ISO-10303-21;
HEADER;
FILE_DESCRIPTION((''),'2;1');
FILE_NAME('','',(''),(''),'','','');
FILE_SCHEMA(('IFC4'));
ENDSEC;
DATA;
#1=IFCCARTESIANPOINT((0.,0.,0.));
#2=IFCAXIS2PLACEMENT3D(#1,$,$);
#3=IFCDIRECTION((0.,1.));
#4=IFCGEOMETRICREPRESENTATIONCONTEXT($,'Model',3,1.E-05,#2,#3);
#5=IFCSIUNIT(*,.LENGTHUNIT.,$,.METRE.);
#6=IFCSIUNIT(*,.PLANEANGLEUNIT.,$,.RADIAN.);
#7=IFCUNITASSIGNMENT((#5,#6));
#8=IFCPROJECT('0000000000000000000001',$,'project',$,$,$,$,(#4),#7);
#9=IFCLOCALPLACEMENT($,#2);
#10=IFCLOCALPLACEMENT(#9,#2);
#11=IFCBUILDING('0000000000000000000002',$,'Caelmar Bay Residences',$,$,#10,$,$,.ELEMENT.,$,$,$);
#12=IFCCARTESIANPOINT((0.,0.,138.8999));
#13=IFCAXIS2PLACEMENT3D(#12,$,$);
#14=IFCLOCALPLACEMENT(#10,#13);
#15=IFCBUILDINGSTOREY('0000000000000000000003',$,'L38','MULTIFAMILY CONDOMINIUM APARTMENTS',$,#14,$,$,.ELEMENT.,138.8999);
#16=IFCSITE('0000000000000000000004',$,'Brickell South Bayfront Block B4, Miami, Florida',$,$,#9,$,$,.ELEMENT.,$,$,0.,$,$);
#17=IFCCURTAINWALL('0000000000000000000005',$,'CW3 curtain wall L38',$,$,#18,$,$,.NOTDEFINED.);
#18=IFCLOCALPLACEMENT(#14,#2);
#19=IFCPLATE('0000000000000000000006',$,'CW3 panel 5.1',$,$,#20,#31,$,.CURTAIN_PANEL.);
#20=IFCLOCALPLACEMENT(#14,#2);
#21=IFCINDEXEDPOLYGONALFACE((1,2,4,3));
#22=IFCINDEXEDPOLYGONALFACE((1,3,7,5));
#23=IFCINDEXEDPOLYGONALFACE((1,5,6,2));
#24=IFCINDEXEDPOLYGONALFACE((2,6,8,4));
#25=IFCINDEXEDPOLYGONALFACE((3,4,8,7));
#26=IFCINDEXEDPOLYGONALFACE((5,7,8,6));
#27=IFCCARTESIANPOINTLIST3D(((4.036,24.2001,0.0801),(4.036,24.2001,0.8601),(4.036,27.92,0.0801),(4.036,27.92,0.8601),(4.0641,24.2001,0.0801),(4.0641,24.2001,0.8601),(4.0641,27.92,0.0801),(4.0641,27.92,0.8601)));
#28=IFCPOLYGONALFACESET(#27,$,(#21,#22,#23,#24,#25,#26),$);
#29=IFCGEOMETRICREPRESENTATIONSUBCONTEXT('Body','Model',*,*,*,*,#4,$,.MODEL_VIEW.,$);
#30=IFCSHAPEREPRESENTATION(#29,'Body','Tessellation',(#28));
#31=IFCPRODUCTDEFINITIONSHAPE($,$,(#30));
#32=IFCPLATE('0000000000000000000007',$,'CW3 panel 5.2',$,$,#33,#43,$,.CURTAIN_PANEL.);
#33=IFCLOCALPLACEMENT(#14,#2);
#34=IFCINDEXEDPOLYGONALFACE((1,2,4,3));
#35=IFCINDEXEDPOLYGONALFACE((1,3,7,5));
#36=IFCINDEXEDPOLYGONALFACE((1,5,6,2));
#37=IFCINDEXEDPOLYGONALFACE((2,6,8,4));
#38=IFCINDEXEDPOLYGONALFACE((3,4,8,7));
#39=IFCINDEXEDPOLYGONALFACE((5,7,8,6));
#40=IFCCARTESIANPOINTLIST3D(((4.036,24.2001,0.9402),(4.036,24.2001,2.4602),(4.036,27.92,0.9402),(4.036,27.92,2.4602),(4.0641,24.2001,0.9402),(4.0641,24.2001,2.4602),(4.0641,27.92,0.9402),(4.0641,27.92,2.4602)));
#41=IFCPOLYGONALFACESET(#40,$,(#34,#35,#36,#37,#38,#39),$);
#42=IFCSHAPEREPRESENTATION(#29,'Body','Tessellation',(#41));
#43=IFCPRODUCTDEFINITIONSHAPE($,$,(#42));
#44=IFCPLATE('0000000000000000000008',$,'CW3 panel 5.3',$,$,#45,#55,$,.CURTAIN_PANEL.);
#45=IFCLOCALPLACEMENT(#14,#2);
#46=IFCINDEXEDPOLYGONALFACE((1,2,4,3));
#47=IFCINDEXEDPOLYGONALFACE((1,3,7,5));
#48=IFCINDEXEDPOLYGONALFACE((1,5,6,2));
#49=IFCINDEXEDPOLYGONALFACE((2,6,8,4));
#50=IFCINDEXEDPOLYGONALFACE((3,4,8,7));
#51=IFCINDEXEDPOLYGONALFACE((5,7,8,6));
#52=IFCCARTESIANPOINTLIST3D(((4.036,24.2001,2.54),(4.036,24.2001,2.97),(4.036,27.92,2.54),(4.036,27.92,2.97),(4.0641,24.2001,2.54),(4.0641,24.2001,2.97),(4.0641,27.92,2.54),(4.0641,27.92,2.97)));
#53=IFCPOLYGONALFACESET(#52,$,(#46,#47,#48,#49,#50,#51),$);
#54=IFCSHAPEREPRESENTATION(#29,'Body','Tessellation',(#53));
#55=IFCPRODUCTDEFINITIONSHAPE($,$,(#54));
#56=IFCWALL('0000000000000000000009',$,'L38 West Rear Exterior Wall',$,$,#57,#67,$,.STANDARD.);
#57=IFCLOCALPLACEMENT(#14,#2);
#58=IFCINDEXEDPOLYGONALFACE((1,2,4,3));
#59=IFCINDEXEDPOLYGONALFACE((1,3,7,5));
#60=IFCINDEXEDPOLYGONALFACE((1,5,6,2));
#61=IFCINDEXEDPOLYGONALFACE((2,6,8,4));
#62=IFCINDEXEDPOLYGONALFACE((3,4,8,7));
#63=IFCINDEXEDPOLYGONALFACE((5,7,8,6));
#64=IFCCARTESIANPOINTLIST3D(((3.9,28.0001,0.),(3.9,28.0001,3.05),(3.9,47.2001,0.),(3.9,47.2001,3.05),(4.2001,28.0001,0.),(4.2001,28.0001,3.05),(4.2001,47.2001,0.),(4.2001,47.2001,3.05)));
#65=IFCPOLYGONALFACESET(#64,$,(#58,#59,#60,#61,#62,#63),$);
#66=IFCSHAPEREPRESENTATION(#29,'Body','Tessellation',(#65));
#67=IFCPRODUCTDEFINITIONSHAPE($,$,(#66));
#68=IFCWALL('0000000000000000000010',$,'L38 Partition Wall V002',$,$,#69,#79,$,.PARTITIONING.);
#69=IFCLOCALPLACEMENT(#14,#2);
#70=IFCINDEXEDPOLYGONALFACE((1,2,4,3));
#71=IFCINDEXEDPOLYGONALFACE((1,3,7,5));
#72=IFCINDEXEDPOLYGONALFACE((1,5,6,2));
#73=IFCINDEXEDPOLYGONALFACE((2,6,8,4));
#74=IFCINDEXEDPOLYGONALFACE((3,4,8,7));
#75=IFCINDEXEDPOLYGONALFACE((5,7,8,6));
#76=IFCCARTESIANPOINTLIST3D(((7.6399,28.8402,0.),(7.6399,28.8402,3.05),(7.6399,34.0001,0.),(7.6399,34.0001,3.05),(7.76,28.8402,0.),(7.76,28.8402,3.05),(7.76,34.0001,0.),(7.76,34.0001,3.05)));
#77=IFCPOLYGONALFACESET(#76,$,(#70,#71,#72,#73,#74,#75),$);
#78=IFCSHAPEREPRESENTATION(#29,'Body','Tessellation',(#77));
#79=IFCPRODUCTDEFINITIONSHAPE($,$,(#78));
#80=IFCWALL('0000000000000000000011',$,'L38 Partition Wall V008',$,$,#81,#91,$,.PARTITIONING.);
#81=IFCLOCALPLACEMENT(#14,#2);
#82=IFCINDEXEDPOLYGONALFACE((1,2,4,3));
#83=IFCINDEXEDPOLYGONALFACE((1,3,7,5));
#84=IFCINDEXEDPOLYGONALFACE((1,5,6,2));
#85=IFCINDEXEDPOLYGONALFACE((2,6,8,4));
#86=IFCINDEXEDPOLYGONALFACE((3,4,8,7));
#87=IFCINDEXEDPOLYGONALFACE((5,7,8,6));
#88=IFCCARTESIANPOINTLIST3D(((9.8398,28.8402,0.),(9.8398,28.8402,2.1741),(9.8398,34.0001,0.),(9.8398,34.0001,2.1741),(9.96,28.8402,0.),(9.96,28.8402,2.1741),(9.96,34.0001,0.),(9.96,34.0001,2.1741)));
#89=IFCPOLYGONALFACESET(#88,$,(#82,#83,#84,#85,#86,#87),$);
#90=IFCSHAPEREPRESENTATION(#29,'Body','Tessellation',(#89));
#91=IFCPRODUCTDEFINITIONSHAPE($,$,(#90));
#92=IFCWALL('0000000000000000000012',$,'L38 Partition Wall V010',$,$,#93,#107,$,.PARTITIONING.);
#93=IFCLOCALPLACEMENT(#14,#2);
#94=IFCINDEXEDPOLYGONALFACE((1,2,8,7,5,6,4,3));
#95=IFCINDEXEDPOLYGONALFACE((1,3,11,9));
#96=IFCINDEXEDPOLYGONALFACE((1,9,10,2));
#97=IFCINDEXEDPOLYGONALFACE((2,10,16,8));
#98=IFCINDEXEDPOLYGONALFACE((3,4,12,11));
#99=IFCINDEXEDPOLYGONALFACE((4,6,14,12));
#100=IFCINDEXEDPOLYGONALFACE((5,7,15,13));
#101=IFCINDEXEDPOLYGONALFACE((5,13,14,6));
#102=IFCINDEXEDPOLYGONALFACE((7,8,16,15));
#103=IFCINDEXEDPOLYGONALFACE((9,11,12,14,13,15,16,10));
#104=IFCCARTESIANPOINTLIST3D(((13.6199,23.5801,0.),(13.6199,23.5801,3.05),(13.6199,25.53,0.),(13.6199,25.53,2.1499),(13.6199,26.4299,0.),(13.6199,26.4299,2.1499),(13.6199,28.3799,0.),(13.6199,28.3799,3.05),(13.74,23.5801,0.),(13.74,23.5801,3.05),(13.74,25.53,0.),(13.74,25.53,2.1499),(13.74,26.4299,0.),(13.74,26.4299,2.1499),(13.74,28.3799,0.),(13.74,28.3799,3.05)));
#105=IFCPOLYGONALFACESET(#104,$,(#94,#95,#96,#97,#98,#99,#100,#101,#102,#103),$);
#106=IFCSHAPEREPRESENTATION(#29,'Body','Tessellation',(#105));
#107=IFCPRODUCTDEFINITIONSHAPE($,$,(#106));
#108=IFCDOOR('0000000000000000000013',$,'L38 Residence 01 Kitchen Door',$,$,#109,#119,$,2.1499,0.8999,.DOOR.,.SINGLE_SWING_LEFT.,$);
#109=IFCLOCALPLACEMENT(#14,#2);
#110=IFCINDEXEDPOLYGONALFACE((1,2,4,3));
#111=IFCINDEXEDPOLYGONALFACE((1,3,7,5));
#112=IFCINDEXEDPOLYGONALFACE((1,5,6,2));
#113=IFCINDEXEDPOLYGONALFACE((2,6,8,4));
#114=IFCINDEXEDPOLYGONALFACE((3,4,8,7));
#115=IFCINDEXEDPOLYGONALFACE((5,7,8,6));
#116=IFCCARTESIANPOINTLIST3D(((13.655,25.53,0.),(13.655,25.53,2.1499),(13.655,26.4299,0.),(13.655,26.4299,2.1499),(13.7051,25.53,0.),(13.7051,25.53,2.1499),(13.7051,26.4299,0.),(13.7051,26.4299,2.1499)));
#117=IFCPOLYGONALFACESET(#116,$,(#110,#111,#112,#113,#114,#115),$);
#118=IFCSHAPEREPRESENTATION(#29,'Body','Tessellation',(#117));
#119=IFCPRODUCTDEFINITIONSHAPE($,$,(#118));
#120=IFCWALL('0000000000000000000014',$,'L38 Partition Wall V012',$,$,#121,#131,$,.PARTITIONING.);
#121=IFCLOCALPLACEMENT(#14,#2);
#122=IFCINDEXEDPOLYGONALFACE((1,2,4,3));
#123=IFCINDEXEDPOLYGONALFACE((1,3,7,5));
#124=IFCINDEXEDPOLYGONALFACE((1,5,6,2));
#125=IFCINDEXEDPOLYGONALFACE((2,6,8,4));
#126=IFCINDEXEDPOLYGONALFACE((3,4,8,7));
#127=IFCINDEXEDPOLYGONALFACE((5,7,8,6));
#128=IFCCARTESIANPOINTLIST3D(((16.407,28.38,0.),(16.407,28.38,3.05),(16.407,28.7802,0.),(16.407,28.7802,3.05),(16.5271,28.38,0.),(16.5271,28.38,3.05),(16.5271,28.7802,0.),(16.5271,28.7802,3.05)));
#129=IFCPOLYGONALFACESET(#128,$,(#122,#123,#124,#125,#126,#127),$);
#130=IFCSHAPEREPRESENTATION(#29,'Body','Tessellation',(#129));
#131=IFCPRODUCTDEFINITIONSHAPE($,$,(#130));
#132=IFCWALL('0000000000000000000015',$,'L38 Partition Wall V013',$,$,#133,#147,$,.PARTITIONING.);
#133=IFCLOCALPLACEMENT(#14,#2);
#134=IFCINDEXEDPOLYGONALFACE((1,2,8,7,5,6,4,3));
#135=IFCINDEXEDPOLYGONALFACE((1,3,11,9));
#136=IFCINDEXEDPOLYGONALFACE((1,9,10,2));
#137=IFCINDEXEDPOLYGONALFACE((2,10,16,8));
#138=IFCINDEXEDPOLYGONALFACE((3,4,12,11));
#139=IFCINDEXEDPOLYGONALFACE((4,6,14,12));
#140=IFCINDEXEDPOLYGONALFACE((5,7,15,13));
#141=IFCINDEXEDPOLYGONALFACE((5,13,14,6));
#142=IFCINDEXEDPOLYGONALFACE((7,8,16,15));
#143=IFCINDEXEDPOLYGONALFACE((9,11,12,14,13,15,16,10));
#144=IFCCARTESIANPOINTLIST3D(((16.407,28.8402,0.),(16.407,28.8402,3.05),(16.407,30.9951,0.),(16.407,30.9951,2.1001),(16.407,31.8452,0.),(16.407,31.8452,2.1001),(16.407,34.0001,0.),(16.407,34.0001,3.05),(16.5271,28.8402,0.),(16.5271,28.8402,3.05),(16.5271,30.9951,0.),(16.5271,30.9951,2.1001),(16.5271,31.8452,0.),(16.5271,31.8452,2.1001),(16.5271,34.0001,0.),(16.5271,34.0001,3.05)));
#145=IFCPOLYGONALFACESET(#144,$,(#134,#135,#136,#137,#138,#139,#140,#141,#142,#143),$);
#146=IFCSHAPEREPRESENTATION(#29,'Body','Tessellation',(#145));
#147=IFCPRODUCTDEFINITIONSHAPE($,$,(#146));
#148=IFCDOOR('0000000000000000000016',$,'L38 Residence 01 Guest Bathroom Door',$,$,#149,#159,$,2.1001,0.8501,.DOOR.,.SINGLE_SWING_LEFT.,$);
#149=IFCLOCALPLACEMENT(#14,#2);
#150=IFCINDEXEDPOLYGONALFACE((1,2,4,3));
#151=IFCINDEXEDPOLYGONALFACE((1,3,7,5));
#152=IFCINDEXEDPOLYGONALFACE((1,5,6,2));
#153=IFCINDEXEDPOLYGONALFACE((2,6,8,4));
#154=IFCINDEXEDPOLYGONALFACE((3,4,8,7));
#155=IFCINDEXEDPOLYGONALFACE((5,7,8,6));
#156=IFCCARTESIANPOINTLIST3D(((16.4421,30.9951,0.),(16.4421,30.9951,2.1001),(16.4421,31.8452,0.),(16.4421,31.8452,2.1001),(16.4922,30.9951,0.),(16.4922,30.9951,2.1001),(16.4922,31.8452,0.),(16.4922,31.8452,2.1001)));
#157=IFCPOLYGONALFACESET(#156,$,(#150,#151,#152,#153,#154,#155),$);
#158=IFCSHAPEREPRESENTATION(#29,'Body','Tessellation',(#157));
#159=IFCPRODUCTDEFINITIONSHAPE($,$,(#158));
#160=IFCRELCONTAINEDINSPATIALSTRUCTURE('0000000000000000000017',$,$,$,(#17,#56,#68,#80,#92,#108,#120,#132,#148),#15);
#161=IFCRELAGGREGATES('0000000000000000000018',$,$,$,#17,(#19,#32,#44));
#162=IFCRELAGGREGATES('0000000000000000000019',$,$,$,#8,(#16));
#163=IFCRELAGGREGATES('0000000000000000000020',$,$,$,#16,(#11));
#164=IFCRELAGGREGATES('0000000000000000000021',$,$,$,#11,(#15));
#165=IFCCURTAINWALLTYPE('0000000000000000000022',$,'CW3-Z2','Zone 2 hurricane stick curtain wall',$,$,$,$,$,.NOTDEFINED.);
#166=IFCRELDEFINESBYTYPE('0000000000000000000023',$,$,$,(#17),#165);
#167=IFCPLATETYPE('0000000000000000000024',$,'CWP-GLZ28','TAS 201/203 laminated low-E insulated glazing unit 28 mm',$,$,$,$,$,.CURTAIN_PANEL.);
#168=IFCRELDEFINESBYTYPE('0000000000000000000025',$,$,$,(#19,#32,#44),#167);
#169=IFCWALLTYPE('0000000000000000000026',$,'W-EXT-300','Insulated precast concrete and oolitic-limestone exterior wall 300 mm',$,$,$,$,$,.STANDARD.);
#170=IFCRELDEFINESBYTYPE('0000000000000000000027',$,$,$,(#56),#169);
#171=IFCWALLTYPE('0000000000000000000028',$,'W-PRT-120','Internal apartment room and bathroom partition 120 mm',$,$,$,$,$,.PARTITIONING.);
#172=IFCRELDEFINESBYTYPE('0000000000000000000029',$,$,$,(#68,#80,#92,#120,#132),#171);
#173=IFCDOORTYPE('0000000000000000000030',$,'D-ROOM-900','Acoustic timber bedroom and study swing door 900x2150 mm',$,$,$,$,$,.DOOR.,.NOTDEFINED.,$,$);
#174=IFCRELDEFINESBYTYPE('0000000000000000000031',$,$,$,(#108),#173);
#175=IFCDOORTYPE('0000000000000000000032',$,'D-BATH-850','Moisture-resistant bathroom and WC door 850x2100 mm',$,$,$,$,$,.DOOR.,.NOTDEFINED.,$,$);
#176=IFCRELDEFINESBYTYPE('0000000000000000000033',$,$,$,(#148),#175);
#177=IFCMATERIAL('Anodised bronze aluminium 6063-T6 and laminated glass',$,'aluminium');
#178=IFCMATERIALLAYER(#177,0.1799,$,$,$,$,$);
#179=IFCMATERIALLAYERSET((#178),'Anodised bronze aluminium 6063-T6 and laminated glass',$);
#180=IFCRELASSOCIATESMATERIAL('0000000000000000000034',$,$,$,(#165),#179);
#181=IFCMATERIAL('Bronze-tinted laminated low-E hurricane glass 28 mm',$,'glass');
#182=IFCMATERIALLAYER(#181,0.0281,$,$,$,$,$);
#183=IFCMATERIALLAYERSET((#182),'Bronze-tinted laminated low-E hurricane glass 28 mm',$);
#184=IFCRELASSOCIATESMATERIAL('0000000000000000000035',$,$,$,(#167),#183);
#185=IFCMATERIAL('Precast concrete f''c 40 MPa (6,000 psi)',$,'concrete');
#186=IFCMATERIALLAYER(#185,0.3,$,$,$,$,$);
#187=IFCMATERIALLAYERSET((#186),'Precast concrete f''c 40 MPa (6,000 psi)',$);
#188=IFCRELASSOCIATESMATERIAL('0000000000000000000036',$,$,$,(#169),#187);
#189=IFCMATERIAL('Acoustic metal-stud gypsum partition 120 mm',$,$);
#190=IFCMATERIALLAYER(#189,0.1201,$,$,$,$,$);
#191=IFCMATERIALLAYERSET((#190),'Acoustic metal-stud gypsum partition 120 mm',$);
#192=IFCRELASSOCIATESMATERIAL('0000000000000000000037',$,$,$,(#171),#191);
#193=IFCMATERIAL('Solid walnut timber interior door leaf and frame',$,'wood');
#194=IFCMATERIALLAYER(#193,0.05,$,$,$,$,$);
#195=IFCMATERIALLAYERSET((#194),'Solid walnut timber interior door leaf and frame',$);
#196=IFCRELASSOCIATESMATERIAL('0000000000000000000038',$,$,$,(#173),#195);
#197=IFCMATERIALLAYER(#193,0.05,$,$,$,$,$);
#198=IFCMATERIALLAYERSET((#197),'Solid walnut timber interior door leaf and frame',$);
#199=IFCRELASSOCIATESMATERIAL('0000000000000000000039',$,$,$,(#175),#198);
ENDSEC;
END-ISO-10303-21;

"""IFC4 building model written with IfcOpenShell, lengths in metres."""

from ifc_helpers import new_model, si_unit, direction, frame, frame_2d, origin, origin_2d, place, context, subcontext, project, spatial, rectangle, extrude, material, layer, layer_set, type_object, element, fill, aggregate, save


model = new_model("IFC4")

# Units and contexts
model_context = context("Model", 3, precision=1e-05, world=origin(), true_north=direction((0.0, 1.0)))
body_context = subcontext(model_context, "Body", "Model", "MODEL_VIEW")
ifc_project = project(units=[si_unit("LENGTHUNIT", "METRE"), si_unit("PLANEANGLEUNIT", "RADIAN")], contexts=[model_context])

# Site, building, storey
site_placement = place(None, origin())
site = spatial("IfcSite", under=ifc_project, at=site_placement, Name="Brickell South Bayfront Block B4, Miami, Florida", CompositionType="ELEMENT", RefElevation=0.0)
building_placement = place(site_placement, origin())
building = spatial("IfcBuilding", under=site, at=building_placement, Name="Caelmar Bay Residences", CompositionType="ELEMENT")
storey_placement = place(building_placement, frame((0.0, 0.0, 138.8999)))
storey = spatial("IfcBuildingStorey", under=building, at=storey_placement, Name="L38", Description="MULTIFAMILY CONDOMINIUM APARTMENTS", CompositionType="ELEMENT", Elevation=138.8999)

# Curtain wall, plates
ifc_material_1 = material(Name="Anodised bronze aluminium 6063-T6 and laminated glass", Category="aluminium")
ifc_layer_1 = layer(ifc_material_1, 0.1799)
ifc_layer_set_1 = layer_set([ifc_layer_1], Name="Anodised bronze aluminium 6063-T6 and laminated glass")
curtain_wall_type = type_object("IfcCurtainWallType", Name="CW3-Z2", Description="Zone 2 hurricane stick curtain wall", PredefinedType="NOTDEFINED", material=ifc_layer_set_1)
curtain_wall_placement = place(storey_placement, origin())
curtain_wall = element("IfcCurtainWall", 1, at=curtain_wall_placement, inside=storey, type_object=curtain_wall_type, Name="CW3 curtain wall L38", PredefinedType="NOTDEFINED")
ifc_material_2 = material(Name="Bronze-tinted laminated low-E hurricane glass 28 mm", Category="glass")
ifc_layer_2 = layer(ifc_material_2, 0.0281)
ifc_layer_set_2 = layer_set([ifc_layer_2], Name="Bronze-tinted laminated low-E hurricane glass 28 mm")
plate_type = type_object("IfcPlateType", Name="CWP-GLZ28", Description="TAS 201/203 laminated low-E insulated glazing unit 28 mm", PredefinedType="CURTAIN_PANEL", material=ifc_layer_set_2)
plate_1_placement = place(storey_placement, frame((4.05, 26.0601, 0.0801), z_axis=(0.0, 0.0, 1.0), x_axis=(0.0, 1.0, 0.0)))
plate_1 = element("IfcPlate", 2, at=plate_1_placement, type_object=plate_type, Name="CW3 panel 5.1", PredefinedType="CURTAIN_PANEL", context=body_context, shape_type="SweptSolid", body=[
    extrude(rectangle(XDim=3.72, YDim=0.0281, at=origin_2d()), origin(), (0.0, 0.0, 1.0), 0.78),
])
plate_2_placement = place(storey_placement, frame((4.05, 26.0601, 0.9402), z_axis=(0.0, 0.0, 1.0), x_axis=(0.0, 1.0, 0.0)))
plate_2 = element("IfcPlate", 3, at=plate_2_placement, type_object=plate_type, Name="CW3 panel 5.2", PredefinedType="CURTAIN_PANEL", context=body_context, shape_type="SweptSolid", body=[
    extrude(rectangle(XDim=3.72, YDim=0.0281, at=origin_2d()), origin(), (0.0, 0.0, 1.0), 1.52),
])
plate_3_placement = place(storey_placement, frame((4.05, 26.0601, 2.54), z_axis=(0.0, 0.0, 1.0), x_axis=(0.0, 1.0, 0.0)))
plate_3 = element("IfcPlate", 4, at=plate_3_placement, type_object=plate_type, Name="CW3 panel 5.3", PredefinedType="CURTAIN_PANEL", context=body_context, shape_type="SweptSolid", body=[
    extrude(rectangle(XDim=3.72, YDim=0.0281, at=origin_2d()), origin(), (0.0, 0.0, 1.0), 0.4299),
])
aggregate(curtain_wall, [plate_1, plate_2, plate_3])

# Walls
ifc_material_3 = material(Name="Precast concrete f'c 40 MPa (6,000 psi)", Category="concrete")
ifc_layer_3 = layer(ifc_material_3, 0.3)
ifc_layer_set_3 = layer_set([ifc_layer_3], Name="Precast concrete f'c 40 MPa (6,000 psi)")
wall_type_1 = type_object("IfcWallType", Name="W-EXT-300", Description="Insulated precast concrete and oolitic-limestone exterior wall 300 mm", PredefinedType="STANDARD", material=ifc_layer_set_3)
wall_1_placement = place(storey_placement, frame((4.05, 28.0, 0.0), z_axis=(0.0, 0.0, 1.0), x_axis=(0.0, 1.0, 0.0)))
element("IfcWall", 5, at=wall_1_placement, inside=storey, type_object=wall_type_1, Name="L38 West Rear Exterior Wall", PredefinedType="STANDARD", context=body_context, shape_type="SweptSolid", body=[
    extrude(rectangle(XDim=19.2, YDim=0.3, at=frame_2d((9.6001, 0.0))), origin(), (0.0, 0.0, 1.0), 3.05),
])
ifc_material_4 = material(Name="Acoustic metal-stud gypsum partition 120 mm")
ifc_layer_4 = layer(ifc_material_4, 0.1201)
ifc_layer_set_4 = layer_set([ifc_layer_4], Name="Acoustic metal-stud gypsum partition 120 mm")
wall_type_2 = type_object("IfcWallType", Name="W-PRT-120", Description="Internal apartment room and bathroom partition 120 mm", PredefinedType="PARTITIONING", material=ifc_layer_set_4)
wall_2_placement = place(storey_placement, frame((7.7, 28.8401, 0.0), z_axis=(0.0, 0.0, 1.0), x_axis=(0.0, 1.0, 0.0)))
element("IfcWall", 6, at=wall_2_placement, inside=storey, type_object=wall_type_2, Name="L38 Partition Wall V002", PredefinedType="PARTITIONING", context=body_context, shape_type="SweptSolid", body=[
    extrude(rectangle(XDim=5.1599, YDim=0.1201, at=frame_2d((2.5801, 0.0))), origin(), (0.0, 0.0, 1.0), 3.05),
])
wall_3_placement = place(storey_placement, frame((9.8999, 28.8401, 0.0), z_axis=(0.0, 0.0, 1.0), x_axis=(0.0, 1.0, 0.0)))
element("IfcWall", 7, at=wall_3_placement, inside=storey, type_object=wall_type_2, Name="L38 Partition Wall V008", PredefinedType="PARTITIONING", context=body_context, shape_type="SweptSolid", body=[
    extrude(rectangle(XDim=5.1599, YDim=0.1201, at=frame_2d((2.5801, 0.0))), origin(), (0.0, 0.0, 1.0), 2.1741),
])

# Wall, opening, door
wall_4_placement = place(storey_placement, frame((13.6799, 23.5801, 0.0), z_axis=(0.0, 0.0, 1.0), x_axis=(0.0, 1.0, 0.0)))
wall_4 = element("IfcWall", 8, at=wall_4_placement, inside=storey, type_object=wall_type_2, Name="L38 Partition Wall V010", PredefinedType="PARTITIONING", context=body_context, shape_type="SweptSolid", body=[
    extrude(rectangle(XDim=4.7998, YDim=0.1201, at=frame_2d((2.3999, 0.0))), origin(), (0.0, 0.0, 1.0), 3.05),
])
opening_1_placement = place(wall_4_placement, frame((1.95, 0.0, 0.0)))
opening_1 = element("IfcOpeningElement", 9, at=opening_1_placement, cuts=wall_4, PredefinedType="OPENING", context=body_context, shape_type="SweptSolid", body=[
    extrude(rectangle(XDim=0.8999, YDim=2.1499, at=frame_2d((0.45, 1.075))), frame((0.0, 0.0701, 0.0), z_axis=(0.0, -1.0, 0.0), x_axis=(1.0, 0.0, 0.0)), (0.0, 0.0, 1.0), 0.1401),
])
ifc_material_5 = material(Name="Solid walnut timber interior door leaf and frame", Category="wood")
ifc_layer_5 = layer(ifc_material_5, 0.05)
ifc_layer_set_5 = layer_set([ifc_layer_5], Name="Solid walnut timber interior door leaf and frame")
door_type_1 = type_object("IfcDoorType", Name="D-ROOM-900", Description="Acoustic timber bedroom and study swing door 900x2150 mm", OperationType="NOTDEFINED", PredefinedType="DOOR", material=ifc_layer_set_5)
door_1_placement = place(opening_1_placement, origin())
door_1 = element("IfcDoor", 10, at=door_1_placement, inside=storey, type_object=door_type_1, Name="L38 Residence 01 Kitchen Door", OperationType="SINGLE_SWING_LEFT", OverallHeight=2.1499, OverallWidth=0.8999, PredefinedType="DOOR", context=body_context, shape_type="SweptSolid", body=[
    extrude(rectangle(XDim=0.8999, YDim=2.1499, at=frame_2d((0.45, 1.075))), frame((0.0, 0.0249, 0.0), z_axis=(0.0, -1.0, 0.0), x_axis=(1.0, 0.0, 0.0)), (0.0, 0.0, 1.0), 0.05),
])
fill(opening_1, door_1)

# Wall
wall_5_placement = place(storey_placement, frame((16.467, 28.3799, 0.0), z_axis=(0.0, 0.0, 1.0), x_axis=(0.0, 1.0, 0.0)))
element("IfcWall", 11, at=wall_5_placement, inside=storey, type_object=wall_type_2, Name="L38 Partition Wall V012", PredefinedType="PARTITIONING", context=body_context, shape_type="SweptSolid", body=[
    extrude(rectangle(XDim=0.4001, YDim=0.1201, at=frame_2d((0.2002, 0.0))), origin(), (0.0, 0.0, 1.0), 3.05),
])

# Wall, opening, door
wall_6_placement = place(storey_placement, frame((16.467, 28.8401, 0.0), z_axis=(0.0, 0.0, 1.0), x_axis=(0.0, 1.0, 0.0)))
wall_6 = element("IfcWall", 12, at=wall_6_placement, inside=storey, type_object=wall_type_2, Name="L38 Partition Wall V013", PredefinedType="PARTITIONING", context=body_context, shape_type="SweptSolid", body=[
    extrude(rectangle(XDim=5.1599, YDim=0.1201, at=frame_2d((2.5801, 0.0))), origin(), (0.0, 0.0, 1.0), 3.05),
])
opening_2_placement = place(wall_6_placement, frame((2.155, 0.0, 0.0)))
opening_2 = element("IfcOpeningElement", 13, at=opening_2_placement, cuts=wall_6, PredefinedType="OPENING", context=body_context, shape_type="SweptSolid", body=[
    extrude(rectangle(XDim=0.8501, YDim=2.1001, at=frame_2d((0.425, 1.05))), frame((0.0, 0.0701, 0.0), z_axis=(0.0, -1.0, 0.0), x_axis=(1.0, 0.0, 0.0)), (0.0, 0.0, 1.0), 0.1401),
])
ifc_layer_6 = layer(ifc_material_5, 0.05)
ifc_layer_set_6 = layer_set([ifc_layer_6], Name="Solid walnut timber interior door leaf and frame")
door_type_2 = type_object("IfcDoorType", Name="D-BATH-850", Description="Moisture-resistant bathroom and WC door 850x2100 mm", OperationType="NOTDEFINED", PredefinedType="DOOR", material=ifc_layer_set_6)
door_2_placement = place(opening_2_placement, origin())
door_2 = element("IfcDoor", 14, at=door_2_placement, inside=storey, type_object=door_type_2, Name="L38 Residence 01 Guest Bathroom Door", OperationType="SINGLE_SWING_LEFT", OverallHeight=2.1001, OverallWidth=0.8501, PredefinedType="DOOR", context=body_context, shape_type="SweptSolid", body=[
    extrude(rectangle(XDim=0.8501, YDim=2.1001, at=frame_2d((0.425, 1.05))), frame((0.0, 0.0249, 0.0), z_axis=(0.0, -1.0, 0.0), x_axis=(1.0, 0.0, 0.0)), (0.0, 0.0, 1.0), 0.05),
])
fill(opening_2, door_2)

save(model, "model.ifc")
